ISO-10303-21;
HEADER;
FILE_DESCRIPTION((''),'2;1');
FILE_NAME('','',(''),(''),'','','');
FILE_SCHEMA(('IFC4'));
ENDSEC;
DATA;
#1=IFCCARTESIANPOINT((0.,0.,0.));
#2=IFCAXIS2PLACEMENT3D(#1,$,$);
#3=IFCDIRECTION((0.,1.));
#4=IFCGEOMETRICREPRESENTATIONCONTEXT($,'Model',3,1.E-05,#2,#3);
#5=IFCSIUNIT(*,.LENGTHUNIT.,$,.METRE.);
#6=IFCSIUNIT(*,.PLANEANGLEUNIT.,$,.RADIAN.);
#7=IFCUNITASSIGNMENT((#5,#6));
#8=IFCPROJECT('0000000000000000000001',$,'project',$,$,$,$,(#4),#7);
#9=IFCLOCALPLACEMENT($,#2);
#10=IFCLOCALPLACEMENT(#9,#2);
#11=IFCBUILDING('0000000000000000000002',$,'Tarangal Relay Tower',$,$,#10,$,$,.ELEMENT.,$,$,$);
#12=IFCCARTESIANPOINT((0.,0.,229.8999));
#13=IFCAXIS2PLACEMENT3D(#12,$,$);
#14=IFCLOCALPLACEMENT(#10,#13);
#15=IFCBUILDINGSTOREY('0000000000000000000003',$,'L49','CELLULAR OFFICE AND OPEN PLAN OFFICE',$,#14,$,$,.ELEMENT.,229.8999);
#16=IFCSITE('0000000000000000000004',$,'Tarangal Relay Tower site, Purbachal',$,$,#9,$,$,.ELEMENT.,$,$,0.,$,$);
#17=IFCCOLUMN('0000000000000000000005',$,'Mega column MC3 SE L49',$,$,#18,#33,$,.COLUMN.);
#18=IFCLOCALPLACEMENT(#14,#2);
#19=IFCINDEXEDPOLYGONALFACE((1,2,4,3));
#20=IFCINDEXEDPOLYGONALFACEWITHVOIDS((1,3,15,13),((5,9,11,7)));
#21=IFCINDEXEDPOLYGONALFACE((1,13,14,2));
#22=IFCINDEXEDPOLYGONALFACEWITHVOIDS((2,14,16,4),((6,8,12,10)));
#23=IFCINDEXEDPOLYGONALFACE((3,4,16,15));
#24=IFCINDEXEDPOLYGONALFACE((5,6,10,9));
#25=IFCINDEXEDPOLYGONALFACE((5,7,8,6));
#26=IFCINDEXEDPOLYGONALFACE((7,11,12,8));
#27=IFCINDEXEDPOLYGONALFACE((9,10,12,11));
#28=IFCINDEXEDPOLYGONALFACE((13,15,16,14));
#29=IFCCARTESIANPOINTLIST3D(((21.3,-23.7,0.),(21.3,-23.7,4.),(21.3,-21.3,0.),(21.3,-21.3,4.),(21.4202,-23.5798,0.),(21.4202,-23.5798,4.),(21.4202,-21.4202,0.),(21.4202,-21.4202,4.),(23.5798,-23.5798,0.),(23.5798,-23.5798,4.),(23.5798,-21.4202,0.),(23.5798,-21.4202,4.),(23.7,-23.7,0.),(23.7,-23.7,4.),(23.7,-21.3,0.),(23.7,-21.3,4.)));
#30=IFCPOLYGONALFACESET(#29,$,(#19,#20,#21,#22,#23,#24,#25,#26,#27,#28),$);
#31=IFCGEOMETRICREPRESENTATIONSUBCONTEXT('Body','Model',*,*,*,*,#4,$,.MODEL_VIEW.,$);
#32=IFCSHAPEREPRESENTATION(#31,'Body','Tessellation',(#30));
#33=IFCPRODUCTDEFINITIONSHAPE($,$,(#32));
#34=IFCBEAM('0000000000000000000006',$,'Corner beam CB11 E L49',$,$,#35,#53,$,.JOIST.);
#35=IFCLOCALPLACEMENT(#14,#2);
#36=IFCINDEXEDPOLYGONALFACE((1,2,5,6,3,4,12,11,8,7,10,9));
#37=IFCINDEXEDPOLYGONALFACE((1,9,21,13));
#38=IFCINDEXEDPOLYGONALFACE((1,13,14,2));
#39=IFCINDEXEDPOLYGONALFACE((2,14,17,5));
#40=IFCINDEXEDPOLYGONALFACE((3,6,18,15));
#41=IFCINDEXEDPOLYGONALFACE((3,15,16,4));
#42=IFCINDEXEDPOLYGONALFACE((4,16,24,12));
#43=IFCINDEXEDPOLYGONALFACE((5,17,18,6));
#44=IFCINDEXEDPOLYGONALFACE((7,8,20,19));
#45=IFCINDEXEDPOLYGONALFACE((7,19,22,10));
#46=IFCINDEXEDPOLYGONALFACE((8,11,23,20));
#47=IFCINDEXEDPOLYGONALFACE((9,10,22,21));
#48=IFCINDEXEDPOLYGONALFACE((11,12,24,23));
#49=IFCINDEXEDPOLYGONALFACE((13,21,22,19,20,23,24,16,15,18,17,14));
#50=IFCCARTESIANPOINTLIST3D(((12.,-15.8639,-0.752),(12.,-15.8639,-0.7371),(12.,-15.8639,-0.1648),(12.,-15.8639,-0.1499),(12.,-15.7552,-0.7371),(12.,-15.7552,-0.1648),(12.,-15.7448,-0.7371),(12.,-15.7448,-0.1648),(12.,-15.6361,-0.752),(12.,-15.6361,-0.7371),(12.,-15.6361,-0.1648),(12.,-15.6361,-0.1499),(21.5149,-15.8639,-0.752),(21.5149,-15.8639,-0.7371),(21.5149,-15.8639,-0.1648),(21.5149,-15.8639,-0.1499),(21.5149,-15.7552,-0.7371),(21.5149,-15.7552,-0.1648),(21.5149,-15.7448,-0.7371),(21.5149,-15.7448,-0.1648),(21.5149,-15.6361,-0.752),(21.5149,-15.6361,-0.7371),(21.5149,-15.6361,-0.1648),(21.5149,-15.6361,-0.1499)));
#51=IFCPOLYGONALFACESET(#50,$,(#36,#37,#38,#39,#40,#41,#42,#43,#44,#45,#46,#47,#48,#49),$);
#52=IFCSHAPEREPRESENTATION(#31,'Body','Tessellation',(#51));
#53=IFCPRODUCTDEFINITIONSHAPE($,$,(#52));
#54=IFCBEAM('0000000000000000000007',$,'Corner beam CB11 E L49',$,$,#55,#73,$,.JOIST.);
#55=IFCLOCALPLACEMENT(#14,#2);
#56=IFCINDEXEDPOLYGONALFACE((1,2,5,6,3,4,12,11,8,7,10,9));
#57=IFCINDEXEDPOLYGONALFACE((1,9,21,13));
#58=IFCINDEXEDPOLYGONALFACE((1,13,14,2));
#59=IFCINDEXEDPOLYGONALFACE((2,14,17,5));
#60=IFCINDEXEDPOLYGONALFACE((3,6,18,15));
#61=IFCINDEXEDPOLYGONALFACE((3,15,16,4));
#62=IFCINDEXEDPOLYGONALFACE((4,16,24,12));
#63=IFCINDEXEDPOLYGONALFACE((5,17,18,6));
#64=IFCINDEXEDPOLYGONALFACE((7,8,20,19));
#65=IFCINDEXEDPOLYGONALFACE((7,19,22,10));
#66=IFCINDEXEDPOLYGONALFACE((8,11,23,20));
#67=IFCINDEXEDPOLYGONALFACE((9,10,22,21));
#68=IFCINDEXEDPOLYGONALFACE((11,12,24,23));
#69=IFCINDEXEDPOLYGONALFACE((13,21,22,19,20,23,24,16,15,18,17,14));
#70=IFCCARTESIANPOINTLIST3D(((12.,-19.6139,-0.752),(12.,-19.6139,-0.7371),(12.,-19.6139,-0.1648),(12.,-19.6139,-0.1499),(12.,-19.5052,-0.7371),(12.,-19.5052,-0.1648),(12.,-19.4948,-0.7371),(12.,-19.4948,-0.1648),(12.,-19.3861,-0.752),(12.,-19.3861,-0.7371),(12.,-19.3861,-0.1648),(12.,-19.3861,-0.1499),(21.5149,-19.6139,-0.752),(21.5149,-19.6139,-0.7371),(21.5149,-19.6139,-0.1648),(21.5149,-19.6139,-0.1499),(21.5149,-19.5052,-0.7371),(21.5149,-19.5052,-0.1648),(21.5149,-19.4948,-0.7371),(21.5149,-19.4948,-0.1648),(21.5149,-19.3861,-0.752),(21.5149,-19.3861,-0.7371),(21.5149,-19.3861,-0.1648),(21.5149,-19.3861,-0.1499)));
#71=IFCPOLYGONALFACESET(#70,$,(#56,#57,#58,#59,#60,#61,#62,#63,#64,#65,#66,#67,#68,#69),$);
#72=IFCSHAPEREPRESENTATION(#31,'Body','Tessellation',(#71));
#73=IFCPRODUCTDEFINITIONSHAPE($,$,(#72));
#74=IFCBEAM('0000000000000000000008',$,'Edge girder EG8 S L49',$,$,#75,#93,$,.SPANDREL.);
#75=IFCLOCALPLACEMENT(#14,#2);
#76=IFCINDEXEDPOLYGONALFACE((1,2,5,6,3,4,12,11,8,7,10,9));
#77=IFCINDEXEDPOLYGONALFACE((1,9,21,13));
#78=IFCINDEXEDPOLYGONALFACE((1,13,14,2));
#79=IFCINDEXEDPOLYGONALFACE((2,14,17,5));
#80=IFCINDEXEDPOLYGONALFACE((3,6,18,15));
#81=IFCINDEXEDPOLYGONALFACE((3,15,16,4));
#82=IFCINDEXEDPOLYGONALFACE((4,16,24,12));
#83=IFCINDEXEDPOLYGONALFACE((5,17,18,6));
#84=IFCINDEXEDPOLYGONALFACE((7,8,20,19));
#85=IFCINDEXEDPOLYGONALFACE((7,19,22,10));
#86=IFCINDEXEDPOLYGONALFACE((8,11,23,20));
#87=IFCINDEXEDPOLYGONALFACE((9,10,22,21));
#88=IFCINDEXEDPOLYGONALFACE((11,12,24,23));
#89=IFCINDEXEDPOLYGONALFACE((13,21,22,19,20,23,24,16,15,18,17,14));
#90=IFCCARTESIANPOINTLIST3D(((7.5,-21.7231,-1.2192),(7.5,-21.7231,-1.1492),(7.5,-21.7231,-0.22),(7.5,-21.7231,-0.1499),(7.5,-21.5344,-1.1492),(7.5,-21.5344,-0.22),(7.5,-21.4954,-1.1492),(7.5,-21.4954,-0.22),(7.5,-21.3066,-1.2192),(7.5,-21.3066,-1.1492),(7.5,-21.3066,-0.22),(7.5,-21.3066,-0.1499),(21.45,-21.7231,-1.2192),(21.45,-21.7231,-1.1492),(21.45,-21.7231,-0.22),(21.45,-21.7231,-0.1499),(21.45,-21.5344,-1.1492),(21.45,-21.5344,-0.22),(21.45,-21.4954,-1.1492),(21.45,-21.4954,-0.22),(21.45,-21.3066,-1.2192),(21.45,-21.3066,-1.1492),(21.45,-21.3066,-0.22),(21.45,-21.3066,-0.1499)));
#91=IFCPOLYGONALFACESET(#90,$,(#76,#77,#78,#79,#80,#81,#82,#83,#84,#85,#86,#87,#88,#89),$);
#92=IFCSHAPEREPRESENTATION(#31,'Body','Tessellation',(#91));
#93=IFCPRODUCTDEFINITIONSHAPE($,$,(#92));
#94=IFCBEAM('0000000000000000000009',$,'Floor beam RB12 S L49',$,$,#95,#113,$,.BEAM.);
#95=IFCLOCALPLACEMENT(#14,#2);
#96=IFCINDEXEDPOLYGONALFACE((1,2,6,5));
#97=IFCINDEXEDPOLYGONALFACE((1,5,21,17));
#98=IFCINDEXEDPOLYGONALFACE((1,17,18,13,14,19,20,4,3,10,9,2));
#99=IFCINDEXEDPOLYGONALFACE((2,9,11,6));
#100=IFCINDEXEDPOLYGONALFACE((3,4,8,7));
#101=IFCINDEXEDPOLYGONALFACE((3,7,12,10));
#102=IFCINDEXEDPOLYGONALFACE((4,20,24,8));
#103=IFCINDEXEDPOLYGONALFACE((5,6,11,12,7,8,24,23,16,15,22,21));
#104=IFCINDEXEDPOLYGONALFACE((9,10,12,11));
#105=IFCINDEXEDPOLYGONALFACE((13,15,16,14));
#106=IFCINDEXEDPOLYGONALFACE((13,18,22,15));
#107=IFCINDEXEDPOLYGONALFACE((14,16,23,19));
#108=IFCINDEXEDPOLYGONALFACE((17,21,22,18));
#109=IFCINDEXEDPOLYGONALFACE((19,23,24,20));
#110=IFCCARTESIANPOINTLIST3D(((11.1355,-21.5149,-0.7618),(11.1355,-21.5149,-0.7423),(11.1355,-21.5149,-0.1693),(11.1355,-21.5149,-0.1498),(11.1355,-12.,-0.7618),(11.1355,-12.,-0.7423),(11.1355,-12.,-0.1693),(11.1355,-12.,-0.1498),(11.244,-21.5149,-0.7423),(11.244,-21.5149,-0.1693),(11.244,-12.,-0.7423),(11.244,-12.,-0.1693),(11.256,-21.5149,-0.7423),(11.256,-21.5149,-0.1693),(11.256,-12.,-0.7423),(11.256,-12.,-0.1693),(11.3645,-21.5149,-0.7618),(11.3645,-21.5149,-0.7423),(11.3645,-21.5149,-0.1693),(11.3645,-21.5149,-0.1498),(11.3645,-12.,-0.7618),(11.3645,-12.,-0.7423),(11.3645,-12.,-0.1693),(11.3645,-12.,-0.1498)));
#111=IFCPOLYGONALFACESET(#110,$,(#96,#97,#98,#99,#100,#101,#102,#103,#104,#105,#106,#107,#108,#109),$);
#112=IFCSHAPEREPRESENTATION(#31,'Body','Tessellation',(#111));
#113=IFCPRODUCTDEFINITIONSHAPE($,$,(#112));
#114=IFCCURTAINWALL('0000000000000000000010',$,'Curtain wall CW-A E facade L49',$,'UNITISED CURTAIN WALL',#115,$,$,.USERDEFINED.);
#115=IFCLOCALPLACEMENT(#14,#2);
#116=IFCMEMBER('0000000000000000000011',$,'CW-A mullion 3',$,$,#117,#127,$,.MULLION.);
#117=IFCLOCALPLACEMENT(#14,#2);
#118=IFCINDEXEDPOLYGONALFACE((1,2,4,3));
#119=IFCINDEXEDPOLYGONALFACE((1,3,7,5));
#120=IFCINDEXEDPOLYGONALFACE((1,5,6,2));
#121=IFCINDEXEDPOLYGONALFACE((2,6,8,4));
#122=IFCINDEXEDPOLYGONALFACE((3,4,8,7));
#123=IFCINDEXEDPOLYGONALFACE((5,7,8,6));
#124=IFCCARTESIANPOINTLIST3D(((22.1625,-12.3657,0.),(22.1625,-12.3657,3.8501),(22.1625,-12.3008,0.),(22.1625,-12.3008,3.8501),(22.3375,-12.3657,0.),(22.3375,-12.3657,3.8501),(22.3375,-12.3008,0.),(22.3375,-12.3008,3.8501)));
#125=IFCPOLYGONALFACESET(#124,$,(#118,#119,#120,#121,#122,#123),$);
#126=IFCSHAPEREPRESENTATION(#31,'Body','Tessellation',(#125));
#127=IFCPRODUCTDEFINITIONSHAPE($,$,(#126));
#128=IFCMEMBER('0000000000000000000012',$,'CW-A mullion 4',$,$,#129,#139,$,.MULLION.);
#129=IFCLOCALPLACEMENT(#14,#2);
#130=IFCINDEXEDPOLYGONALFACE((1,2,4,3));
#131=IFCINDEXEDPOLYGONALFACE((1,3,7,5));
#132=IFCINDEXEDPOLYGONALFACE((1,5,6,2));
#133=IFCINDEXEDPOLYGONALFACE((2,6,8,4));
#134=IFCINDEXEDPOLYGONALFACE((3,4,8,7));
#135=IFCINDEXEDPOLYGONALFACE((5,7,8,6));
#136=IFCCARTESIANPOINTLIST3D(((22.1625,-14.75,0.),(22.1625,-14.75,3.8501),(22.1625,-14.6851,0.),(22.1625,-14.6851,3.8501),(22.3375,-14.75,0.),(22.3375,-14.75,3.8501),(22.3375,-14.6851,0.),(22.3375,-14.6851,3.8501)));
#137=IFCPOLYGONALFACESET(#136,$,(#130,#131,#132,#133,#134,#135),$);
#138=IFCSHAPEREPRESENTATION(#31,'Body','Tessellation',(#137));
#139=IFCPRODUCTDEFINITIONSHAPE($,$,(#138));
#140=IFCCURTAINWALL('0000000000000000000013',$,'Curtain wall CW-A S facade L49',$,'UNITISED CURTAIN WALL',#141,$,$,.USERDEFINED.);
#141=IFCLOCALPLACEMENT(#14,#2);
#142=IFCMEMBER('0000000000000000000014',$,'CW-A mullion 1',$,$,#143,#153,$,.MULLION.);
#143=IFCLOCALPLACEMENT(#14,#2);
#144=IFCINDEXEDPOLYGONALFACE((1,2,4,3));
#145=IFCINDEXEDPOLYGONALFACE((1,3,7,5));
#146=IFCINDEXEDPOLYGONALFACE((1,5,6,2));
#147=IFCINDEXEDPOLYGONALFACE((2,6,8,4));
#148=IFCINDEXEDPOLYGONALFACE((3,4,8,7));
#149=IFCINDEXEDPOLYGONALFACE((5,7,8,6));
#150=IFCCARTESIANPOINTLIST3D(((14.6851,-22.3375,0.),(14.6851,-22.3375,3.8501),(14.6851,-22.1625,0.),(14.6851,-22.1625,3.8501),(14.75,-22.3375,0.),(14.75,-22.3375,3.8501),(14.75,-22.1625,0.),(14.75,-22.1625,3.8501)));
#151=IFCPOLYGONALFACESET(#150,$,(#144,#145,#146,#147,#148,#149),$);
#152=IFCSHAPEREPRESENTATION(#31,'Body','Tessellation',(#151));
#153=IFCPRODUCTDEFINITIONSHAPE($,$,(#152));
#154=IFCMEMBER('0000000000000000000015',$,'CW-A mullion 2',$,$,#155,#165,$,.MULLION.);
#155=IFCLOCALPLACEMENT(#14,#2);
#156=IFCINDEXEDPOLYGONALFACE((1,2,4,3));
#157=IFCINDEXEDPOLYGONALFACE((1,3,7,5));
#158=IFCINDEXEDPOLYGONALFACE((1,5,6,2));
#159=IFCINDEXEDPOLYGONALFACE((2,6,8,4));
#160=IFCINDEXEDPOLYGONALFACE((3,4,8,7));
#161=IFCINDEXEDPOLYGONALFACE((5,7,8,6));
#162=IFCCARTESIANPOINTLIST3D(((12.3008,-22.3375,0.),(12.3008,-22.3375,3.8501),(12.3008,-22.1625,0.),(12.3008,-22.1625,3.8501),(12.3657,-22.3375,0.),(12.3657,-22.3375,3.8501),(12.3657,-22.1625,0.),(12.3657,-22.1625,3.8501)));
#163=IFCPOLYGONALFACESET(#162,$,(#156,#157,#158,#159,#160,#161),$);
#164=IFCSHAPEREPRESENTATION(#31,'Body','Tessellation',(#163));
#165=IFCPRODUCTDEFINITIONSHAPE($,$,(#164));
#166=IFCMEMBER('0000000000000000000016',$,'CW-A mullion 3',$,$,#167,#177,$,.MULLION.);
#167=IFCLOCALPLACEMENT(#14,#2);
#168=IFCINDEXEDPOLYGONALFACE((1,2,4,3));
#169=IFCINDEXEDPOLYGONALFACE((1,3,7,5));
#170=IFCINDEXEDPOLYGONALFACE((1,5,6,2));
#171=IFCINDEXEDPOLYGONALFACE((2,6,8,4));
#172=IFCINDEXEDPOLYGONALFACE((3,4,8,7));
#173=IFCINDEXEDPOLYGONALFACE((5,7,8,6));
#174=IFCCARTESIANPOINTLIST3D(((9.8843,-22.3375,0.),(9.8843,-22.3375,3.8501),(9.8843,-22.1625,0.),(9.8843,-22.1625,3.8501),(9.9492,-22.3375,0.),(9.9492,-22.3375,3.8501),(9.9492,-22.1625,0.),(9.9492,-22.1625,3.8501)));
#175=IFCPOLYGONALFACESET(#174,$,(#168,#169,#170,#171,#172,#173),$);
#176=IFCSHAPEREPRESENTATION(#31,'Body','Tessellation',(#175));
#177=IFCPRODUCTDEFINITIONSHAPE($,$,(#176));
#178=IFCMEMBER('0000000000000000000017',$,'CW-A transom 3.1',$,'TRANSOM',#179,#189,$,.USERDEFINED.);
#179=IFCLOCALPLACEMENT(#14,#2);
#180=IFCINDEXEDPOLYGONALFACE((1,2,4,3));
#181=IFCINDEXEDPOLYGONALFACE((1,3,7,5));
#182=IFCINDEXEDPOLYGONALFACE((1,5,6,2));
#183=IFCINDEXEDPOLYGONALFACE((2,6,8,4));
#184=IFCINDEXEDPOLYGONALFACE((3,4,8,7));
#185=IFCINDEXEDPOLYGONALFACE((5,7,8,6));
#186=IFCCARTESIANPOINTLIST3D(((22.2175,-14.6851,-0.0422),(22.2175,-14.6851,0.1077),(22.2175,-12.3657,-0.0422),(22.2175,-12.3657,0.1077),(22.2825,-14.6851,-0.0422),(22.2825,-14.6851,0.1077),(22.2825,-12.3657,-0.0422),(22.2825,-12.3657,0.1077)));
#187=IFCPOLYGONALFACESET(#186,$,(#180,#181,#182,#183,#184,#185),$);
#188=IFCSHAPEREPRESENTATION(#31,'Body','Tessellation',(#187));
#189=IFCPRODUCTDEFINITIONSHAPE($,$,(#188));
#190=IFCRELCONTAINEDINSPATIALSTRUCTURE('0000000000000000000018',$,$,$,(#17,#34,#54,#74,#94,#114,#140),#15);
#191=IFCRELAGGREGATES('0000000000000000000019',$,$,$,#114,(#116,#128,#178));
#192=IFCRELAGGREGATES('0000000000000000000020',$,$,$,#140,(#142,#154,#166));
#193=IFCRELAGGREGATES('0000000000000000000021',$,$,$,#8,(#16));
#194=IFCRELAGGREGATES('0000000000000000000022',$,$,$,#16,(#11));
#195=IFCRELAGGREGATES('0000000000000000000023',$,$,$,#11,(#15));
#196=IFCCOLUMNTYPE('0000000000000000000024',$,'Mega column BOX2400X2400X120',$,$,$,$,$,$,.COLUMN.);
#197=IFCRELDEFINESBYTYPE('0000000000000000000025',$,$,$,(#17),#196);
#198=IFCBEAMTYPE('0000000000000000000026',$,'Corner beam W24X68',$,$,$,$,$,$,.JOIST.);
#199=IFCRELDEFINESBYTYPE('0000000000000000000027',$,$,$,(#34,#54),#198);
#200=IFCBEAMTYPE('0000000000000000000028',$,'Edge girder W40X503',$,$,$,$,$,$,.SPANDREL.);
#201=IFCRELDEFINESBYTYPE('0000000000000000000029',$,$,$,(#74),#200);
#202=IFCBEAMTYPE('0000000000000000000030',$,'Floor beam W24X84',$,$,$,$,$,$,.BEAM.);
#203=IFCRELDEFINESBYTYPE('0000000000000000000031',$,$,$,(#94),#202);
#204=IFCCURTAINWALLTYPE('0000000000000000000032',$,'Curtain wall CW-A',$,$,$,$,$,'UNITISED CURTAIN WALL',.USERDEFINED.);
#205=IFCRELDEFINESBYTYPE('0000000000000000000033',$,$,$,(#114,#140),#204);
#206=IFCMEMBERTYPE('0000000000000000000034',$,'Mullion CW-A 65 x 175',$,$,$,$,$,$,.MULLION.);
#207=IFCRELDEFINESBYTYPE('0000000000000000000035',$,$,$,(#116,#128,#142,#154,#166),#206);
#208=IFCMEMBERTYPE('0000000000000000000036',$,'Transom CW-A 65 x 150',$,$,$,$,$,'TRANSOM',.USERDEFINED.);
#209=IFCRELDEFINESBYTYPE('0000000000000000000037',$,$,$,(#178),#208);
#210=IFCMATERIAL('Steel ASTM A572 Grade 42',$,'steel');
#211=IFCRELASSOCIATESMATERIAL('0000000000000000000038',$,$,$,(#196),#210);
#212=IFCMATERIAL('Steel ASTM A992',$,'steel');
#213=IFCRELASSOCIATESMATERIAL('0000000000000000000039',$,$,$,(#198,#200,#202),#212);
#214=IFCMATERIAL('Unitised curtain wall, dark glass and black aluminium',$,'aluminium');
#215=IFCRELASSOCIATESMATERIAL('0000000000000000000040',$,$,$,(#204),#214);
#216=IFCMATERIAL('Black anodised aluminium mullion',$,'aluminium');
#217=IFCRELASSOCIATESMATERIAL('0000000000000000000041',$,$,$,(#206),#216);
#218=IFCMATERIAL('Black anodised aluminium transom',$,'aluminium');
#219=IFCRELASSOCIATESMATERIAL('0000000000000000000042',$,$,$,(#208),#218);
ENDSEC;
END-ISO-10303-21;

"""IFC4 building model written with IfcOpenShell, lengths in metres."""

from ifc_helpers import new_model, si_unit, direction, frame, origin, origin_2d, place, context, subcontext, project, spatial, rectangle, hollow_rectangle, i_section, extrude, material, material_profile, profile_set, type_object, element, aggregate, save


model = new_model("IFC4")

# Units and contexts
model_context = context("Model", 3, precision=1e-05, world=origin(), true_north=direction((0.0, 1.0)))
body_context = subcontext(model_context, "Body", "Model", "MODEL_VIEW")
ifc_project = project(units=[si_unit("LENGTHUNIT", "METRE"), si_unit("PLANEANGLEUNIT", "RADIAN")], contexts=[model_context])

# Site, building, storey
site_placement = place(None, origin())
site = spatial("IfcSite", under=ifc_project, at=site_placement, Name="Tarangal Relay Tower site, Purbachal", CompositionType="ELEMENT", RefElevation=0.0)
building_placement = place(site_placement, origin())
building = spatial("IfcBuilding", under=site, at=building_placement, Name="Tarangal Relay Tower", CompositionType="ELEMENT")
storey_placement = place(building_placement, frame((0.0, 0.0, 229.8999)))
storey = spatial("IfcBuildingStorey", under=building, at=storey_placement, Name="L49", Description="CELLULAR OFFICE AND OPEN PLAN OFFICE", CompositionType="ELEMENT", Elevation=229.8999)

# Column
ifc_material_1 = material(Name="Steel ASTM A572 Grade 42", Category="steel")
ifc_material_profile_1 = material_profile(ifc_material_1, hollow_rectangle(XDim=2.3999, YDim=2.3999, WallThickness=0.1201, at=origin_2d()), Name="BOX2400X2400X120")
ifc_profile_set_1 = profile_set([ifc_material_profile_1], Name="Steel ASTM A572 Grade 42")
column_type = type_object("IfcColumnType", Name="Mega column BOX2400X2400X120", PredefinedType="COLUMN", material=ifc_profile_set_1)
column_placement = place(storey_placement, frame((22.5, -22.5, 0.0), z_axis=(0.0, 0.0, 1.0), x_axis=(1.0, 0.0, 0.0)))
element("IfcColumn", 1, at=column_placement, inside=storey, type_object=column_type, Name="Mega column MC3 SE L49", PredefinedType="COLUMN", context=body_context, shape_type="SweptSolid", body=[
    extrude(hollow_rectangle(XDim=2.3999, YDim=2.3999, WallThickness=0.1201, at=origin_2d()), origin(), (0.0, 0.0, 1.0), 4.0),
])

# Beams
ifc_material_2 = material(Name="Steel ASTM A992", Category="steel")
ifc_material_profile_2 = material_profile(ifc_material_2, i_section(OverallWidth=0.2278, OverallDepth=0.6021, WebThickness=0.0105, FlangeThickness=0.0149, at=origin_2d()), Name="W24X68")
ifc_profile_set_2 = profile_set([ifc_material_profile_2], Name="Steel ASTM A992")
beam_type_1 = type_object("IfcBeamType", Name="Corner beam W24X68", PredefinedType="JOIST", material=ifc_profile_set_2)
for number, where, z_axis, x_axis, name in (
    (2, (12.0, -15.75, -0.4509), (1.0, 0.0, 0.0), (0.0, 1.0, 0.0), "Corner beam CB11 E L49"),
    (3, (12.0, -19.5, -0.4509), (1.0, 0.0, 0.0), (0.0, 1.0, 0.0), "Corner beam CB11 E L49"),
):
    element("IfcBeam", number, at=place(storey_placement, frame(where, z_axis=z_axis, x_axis=x_axis)), inside=storey, type_object=beam_type_1, Name=name, PredefinedType="JOIST", context=body_context, shape_type="SweptSolid", body=[
        extrude(i_section(OverallWidth=0.2278, OverallDepth=0.6021, WebThickness=0.0105, FlangeThickness=0.0149, at=origin_2d()), origin(), (0.0, 0.0, 1.0), 9.5149),
    ])
ifc_material_profile_3 = material_profile(ifc_material_2, i_section(OverallWidth=0.4165, OverallDepth=1.0693, WebThickness=0.0391, FlangeThickness=0.0701, at=origin_2d()), Name="W40X503")
ifc_profile_set_3 = profile_set([ifc_material_profile_3], Name="Steel ASTM A992")
beam_type_2 = type_object("IfcBeamType", Name="Edge girder W40X503", PredefinedType="SPANDREL", material=ifc_profile_set_3)
beam_1_placement = place(storey_placement, frame((21.45, -21.5149, -0.6846), z_axis=(-1.0, 0.0, 0.0), x_axis=(0.0, -1.0, 0.0)))
element("IfcBeam", 4, at=beam_1_placement, inside=storey, type_object=beam_type_2, Name="Edge girder EG8 S L49", PredefinedType="SPANDREL", context=body_context, shape_type="SweptSolid", body=[
    extrude(i_section(OverallWidth=0.4165, OverallDepth=1.0693, WebThickness=0.0391, FlangeThickness=0.0701, at=origin_2d()), origin(), (0.0, 0.0, 1.0), 13.95),
])
ifc_material_profile_4 = material_profile(ifc_material_2, i_section(OverallWidth=0.229, OverallDepth=0.6121, WebThickness=0.012, FlangeThickness=0.0195, at=origin_2d()), Name="W24X84")
ifc_profile_set_4 = profile_set([ifc_material_profile_4], Name="Steel ASTM A992")
beam_type_3 = type_object("IfcBeamType", Name="Floor beam W24X84", PredefinedType="BEAM", material=ifc_profile_set_4)
beam_2_placement = place(storey_placement, frame((11.25, -12.0, -0.4558), z_axis=(0.0, -1.0, 0.0), x_axis=(1.0, 0.0, 0.0)))
element("IfcBeam", 5, at=beam_2_placement, inside=storey, type_object=beam_type_3, Name="Floor beam RB12 S L49", PredefinedType="BEAM", context=body_context, shape_type="SweptSolid", body=[
    extrude(i_section(OverallWidth=0.229, OverallDepth=0.6121, WebThickness=0.012, FlangeThickness=0.0195, at=origin_2d()), origin(), (0.0, 0.0, 1.0), 9.5149),
])

# Curtain walls, members
ifc_material_3 = material(Name="Unitised curtain wall, dark glass and black aluminium", Category="aluminium")
curtain_wall_type = type_object("IfcCurtainWallType", Name="Curtain wall CW-A", ElementType="UNITISED CURTAIN WALL", PredefinedType="USERDEFINED", material=ifc_material_3)
curtain_wall_1_placement = place(storey_placement, origin())
curtain_wall_1 = element("IfcCurtainWall", 6, at=curtain_wall_1_placement, inside=storey, type_object=curtain_wall_type, Name="Curtain wall CW-A E facade L49", ObjectType="UNITISED CURTAIN WALL", PredefinedType="USERDEFINED")
ifc_material_4 = material(Name="Black anodised aluminium mullion", Category="aluminium")
ifc_material_profile_5 = material_profile(ifc_material_4, rectangle(XDim=0.175, YDim=0.0649, at=origin_2d()), Name="CW-AM 65X175")
ifc_profile_set_5 = profile_set([ifc_material_profile_5], Name="Black anodised aluminium mullion")
member_type_1 = type_object("IfcMemberType", Name="Mullion CW-A 65 x 175", PredefinedType="MULLION", material=ifc_profile_set_5)
member_1_placement = place(storey_placement, frame((22.25, -12.3333, 0.0), z_axis=(0.0, 0.0, 1.0), x_axis=(1.0, 0.0, 0.0)))
member_1 = element("IfcMember", 7, at=member_1_placement, type_object=member_type_1, Name="CW-A mullion 3", PredefinedType="MULLION", context=body_context, shape_type="SweptSolid", body=[
    extrude(rectangle(XDim=0.175, YDim=0.0649, at=origin_2d()), origin(), (0.0, 0.0, 1.0), 3.8501),
])
member_2_placement = place(storey_placement, frame((22.25, -14.7175, 0.0), z_axis=(0.0, 0.0, 1.0), x_axis=(1.0, 0.0, 0.0)))
member_2 = element("IfcMember", 8, at=member_2_placement, type_object=member_type_1, Name="CW-A mullion 4", PredefinedType="MULLION", context=body_context, shape_type="SweptSolid", body=[
    extrude(rectangle(XDim=0.175, YDim=0.0649, at=origin_2d()), origin(), (0.0, 0.0, 1.0), 3.8501),
])
curtain_wall_2_placement = place(storey_placement, origin())
curtain_wall_2 = element("IfcCurtainWall", 9, at=curtain_wall_2_placement, inside=storey, type_object=curtain_wall_type, Name="Curtain wall CW-A S facade L49", ObjectType="UNITISED CURTAIN WALL", PredefinedType="USERDEFINED")
member_3_placement = place(storey_placement, frame((14.7175, -22.25, 0.0), z_axis=(0.0, 0.0, 1.0), x_axis=(0.0, -1.0, 0.0)))
member_3 = element("IfcMember", 10, at=member_3_placement, type_object=member_type_1, Name="CW-A mullion 1", PredefinedType="MULLION", context=body_context, shape_type="SweptSolid", body=[
    extrude(rectangle(XDim=0.175, YDim=0.0649, at=origin_2d()), origin(), (0.0, 0.0, 1.0), 3.8501),
])
member_4_placement = place(storey_placement, frame((12.3333, -22.25, 0.0), z_axis=(0.0, 0.0, 1.0), x_axis=(0.0, -1.0, 0.0)))
member_4 = element("IfcMember", 11, at=member_4_placement, type_object=member_type_1, Name="CW-A mullion 2", PredefinedType="MULLION", context=body_context, shape_type="SweptSolid", body=[
    extrude(rectangle(XDim=0.175, YDim=0.0649, at=origin_2d()), origin(), (0.0, 0.0, 1.0), 3.8501),
])
member_5_placement = place(storey_placement, frame((9.9167, -22.25, 0.0), z_axis=(0.0, 0.0, 1.0), x_axis=(0.0, -1.0, 0.0)))
member_5 = element("IfcMember", 12, at=member_5_placement, type_object=member_type_1, Name="CW-A mullion 3", PredefinedType="MULLION", context=body_context, shape_type="SweptSolid", body=[
    extrude(rectangle(XDim=0.175, YDim=0.0649, at=origin_2d()), origin(), (0.0, 0.0, 1.0), 3.8501),
])

# Member
ifc_material_5 = material(Name="Black anodised aluminium transom", Category="aluminium")
ifc_material_profile_6 = material_profile(ifc_material_5, rectangle(XDim=0.0649, YDim=0.1499, at=origin_2d()), Name="CW-AT 65X150")
ifc_profile_set_6 = profile_set([ifc_material_profile_6], Name="Black anodised aluminium transom")
member_type_2 = type_object("IfcMemberType", Name="Transom CW-A 65 x 150", ElementType="TRANSOM", PredefinedType="USERDEFINED", material=ifc_profile_set_6)
member_6_placement = place(storey_placement, frame((22.25, -12.3657, 0.0327), z_axis=(0.0, -1.0, 0.0), x_axis=(1.0, 0.0, 0.0)))
member_6 = element("IfcMember", 13, at=member_6_placement, type_object=member_type_2, Name="CW-A transom 3.1", ObjectType="TRANSOM", PredefinedType="USERDEFINED", context=body_context, shape_type="SweptSolid", body=[
    extrude(rectangle(XDim=0.0649, YDim=0.1499, at=origin_2d()), origin(), (0.0, 0.0, 1.0), 2.3193),
])

aggregate(curtain_wall_1, [member_1, member_2, member_6])
aggregate(curtain_wall_2, [member_3, member_4, member_5])

save(model, "model.ifc")
